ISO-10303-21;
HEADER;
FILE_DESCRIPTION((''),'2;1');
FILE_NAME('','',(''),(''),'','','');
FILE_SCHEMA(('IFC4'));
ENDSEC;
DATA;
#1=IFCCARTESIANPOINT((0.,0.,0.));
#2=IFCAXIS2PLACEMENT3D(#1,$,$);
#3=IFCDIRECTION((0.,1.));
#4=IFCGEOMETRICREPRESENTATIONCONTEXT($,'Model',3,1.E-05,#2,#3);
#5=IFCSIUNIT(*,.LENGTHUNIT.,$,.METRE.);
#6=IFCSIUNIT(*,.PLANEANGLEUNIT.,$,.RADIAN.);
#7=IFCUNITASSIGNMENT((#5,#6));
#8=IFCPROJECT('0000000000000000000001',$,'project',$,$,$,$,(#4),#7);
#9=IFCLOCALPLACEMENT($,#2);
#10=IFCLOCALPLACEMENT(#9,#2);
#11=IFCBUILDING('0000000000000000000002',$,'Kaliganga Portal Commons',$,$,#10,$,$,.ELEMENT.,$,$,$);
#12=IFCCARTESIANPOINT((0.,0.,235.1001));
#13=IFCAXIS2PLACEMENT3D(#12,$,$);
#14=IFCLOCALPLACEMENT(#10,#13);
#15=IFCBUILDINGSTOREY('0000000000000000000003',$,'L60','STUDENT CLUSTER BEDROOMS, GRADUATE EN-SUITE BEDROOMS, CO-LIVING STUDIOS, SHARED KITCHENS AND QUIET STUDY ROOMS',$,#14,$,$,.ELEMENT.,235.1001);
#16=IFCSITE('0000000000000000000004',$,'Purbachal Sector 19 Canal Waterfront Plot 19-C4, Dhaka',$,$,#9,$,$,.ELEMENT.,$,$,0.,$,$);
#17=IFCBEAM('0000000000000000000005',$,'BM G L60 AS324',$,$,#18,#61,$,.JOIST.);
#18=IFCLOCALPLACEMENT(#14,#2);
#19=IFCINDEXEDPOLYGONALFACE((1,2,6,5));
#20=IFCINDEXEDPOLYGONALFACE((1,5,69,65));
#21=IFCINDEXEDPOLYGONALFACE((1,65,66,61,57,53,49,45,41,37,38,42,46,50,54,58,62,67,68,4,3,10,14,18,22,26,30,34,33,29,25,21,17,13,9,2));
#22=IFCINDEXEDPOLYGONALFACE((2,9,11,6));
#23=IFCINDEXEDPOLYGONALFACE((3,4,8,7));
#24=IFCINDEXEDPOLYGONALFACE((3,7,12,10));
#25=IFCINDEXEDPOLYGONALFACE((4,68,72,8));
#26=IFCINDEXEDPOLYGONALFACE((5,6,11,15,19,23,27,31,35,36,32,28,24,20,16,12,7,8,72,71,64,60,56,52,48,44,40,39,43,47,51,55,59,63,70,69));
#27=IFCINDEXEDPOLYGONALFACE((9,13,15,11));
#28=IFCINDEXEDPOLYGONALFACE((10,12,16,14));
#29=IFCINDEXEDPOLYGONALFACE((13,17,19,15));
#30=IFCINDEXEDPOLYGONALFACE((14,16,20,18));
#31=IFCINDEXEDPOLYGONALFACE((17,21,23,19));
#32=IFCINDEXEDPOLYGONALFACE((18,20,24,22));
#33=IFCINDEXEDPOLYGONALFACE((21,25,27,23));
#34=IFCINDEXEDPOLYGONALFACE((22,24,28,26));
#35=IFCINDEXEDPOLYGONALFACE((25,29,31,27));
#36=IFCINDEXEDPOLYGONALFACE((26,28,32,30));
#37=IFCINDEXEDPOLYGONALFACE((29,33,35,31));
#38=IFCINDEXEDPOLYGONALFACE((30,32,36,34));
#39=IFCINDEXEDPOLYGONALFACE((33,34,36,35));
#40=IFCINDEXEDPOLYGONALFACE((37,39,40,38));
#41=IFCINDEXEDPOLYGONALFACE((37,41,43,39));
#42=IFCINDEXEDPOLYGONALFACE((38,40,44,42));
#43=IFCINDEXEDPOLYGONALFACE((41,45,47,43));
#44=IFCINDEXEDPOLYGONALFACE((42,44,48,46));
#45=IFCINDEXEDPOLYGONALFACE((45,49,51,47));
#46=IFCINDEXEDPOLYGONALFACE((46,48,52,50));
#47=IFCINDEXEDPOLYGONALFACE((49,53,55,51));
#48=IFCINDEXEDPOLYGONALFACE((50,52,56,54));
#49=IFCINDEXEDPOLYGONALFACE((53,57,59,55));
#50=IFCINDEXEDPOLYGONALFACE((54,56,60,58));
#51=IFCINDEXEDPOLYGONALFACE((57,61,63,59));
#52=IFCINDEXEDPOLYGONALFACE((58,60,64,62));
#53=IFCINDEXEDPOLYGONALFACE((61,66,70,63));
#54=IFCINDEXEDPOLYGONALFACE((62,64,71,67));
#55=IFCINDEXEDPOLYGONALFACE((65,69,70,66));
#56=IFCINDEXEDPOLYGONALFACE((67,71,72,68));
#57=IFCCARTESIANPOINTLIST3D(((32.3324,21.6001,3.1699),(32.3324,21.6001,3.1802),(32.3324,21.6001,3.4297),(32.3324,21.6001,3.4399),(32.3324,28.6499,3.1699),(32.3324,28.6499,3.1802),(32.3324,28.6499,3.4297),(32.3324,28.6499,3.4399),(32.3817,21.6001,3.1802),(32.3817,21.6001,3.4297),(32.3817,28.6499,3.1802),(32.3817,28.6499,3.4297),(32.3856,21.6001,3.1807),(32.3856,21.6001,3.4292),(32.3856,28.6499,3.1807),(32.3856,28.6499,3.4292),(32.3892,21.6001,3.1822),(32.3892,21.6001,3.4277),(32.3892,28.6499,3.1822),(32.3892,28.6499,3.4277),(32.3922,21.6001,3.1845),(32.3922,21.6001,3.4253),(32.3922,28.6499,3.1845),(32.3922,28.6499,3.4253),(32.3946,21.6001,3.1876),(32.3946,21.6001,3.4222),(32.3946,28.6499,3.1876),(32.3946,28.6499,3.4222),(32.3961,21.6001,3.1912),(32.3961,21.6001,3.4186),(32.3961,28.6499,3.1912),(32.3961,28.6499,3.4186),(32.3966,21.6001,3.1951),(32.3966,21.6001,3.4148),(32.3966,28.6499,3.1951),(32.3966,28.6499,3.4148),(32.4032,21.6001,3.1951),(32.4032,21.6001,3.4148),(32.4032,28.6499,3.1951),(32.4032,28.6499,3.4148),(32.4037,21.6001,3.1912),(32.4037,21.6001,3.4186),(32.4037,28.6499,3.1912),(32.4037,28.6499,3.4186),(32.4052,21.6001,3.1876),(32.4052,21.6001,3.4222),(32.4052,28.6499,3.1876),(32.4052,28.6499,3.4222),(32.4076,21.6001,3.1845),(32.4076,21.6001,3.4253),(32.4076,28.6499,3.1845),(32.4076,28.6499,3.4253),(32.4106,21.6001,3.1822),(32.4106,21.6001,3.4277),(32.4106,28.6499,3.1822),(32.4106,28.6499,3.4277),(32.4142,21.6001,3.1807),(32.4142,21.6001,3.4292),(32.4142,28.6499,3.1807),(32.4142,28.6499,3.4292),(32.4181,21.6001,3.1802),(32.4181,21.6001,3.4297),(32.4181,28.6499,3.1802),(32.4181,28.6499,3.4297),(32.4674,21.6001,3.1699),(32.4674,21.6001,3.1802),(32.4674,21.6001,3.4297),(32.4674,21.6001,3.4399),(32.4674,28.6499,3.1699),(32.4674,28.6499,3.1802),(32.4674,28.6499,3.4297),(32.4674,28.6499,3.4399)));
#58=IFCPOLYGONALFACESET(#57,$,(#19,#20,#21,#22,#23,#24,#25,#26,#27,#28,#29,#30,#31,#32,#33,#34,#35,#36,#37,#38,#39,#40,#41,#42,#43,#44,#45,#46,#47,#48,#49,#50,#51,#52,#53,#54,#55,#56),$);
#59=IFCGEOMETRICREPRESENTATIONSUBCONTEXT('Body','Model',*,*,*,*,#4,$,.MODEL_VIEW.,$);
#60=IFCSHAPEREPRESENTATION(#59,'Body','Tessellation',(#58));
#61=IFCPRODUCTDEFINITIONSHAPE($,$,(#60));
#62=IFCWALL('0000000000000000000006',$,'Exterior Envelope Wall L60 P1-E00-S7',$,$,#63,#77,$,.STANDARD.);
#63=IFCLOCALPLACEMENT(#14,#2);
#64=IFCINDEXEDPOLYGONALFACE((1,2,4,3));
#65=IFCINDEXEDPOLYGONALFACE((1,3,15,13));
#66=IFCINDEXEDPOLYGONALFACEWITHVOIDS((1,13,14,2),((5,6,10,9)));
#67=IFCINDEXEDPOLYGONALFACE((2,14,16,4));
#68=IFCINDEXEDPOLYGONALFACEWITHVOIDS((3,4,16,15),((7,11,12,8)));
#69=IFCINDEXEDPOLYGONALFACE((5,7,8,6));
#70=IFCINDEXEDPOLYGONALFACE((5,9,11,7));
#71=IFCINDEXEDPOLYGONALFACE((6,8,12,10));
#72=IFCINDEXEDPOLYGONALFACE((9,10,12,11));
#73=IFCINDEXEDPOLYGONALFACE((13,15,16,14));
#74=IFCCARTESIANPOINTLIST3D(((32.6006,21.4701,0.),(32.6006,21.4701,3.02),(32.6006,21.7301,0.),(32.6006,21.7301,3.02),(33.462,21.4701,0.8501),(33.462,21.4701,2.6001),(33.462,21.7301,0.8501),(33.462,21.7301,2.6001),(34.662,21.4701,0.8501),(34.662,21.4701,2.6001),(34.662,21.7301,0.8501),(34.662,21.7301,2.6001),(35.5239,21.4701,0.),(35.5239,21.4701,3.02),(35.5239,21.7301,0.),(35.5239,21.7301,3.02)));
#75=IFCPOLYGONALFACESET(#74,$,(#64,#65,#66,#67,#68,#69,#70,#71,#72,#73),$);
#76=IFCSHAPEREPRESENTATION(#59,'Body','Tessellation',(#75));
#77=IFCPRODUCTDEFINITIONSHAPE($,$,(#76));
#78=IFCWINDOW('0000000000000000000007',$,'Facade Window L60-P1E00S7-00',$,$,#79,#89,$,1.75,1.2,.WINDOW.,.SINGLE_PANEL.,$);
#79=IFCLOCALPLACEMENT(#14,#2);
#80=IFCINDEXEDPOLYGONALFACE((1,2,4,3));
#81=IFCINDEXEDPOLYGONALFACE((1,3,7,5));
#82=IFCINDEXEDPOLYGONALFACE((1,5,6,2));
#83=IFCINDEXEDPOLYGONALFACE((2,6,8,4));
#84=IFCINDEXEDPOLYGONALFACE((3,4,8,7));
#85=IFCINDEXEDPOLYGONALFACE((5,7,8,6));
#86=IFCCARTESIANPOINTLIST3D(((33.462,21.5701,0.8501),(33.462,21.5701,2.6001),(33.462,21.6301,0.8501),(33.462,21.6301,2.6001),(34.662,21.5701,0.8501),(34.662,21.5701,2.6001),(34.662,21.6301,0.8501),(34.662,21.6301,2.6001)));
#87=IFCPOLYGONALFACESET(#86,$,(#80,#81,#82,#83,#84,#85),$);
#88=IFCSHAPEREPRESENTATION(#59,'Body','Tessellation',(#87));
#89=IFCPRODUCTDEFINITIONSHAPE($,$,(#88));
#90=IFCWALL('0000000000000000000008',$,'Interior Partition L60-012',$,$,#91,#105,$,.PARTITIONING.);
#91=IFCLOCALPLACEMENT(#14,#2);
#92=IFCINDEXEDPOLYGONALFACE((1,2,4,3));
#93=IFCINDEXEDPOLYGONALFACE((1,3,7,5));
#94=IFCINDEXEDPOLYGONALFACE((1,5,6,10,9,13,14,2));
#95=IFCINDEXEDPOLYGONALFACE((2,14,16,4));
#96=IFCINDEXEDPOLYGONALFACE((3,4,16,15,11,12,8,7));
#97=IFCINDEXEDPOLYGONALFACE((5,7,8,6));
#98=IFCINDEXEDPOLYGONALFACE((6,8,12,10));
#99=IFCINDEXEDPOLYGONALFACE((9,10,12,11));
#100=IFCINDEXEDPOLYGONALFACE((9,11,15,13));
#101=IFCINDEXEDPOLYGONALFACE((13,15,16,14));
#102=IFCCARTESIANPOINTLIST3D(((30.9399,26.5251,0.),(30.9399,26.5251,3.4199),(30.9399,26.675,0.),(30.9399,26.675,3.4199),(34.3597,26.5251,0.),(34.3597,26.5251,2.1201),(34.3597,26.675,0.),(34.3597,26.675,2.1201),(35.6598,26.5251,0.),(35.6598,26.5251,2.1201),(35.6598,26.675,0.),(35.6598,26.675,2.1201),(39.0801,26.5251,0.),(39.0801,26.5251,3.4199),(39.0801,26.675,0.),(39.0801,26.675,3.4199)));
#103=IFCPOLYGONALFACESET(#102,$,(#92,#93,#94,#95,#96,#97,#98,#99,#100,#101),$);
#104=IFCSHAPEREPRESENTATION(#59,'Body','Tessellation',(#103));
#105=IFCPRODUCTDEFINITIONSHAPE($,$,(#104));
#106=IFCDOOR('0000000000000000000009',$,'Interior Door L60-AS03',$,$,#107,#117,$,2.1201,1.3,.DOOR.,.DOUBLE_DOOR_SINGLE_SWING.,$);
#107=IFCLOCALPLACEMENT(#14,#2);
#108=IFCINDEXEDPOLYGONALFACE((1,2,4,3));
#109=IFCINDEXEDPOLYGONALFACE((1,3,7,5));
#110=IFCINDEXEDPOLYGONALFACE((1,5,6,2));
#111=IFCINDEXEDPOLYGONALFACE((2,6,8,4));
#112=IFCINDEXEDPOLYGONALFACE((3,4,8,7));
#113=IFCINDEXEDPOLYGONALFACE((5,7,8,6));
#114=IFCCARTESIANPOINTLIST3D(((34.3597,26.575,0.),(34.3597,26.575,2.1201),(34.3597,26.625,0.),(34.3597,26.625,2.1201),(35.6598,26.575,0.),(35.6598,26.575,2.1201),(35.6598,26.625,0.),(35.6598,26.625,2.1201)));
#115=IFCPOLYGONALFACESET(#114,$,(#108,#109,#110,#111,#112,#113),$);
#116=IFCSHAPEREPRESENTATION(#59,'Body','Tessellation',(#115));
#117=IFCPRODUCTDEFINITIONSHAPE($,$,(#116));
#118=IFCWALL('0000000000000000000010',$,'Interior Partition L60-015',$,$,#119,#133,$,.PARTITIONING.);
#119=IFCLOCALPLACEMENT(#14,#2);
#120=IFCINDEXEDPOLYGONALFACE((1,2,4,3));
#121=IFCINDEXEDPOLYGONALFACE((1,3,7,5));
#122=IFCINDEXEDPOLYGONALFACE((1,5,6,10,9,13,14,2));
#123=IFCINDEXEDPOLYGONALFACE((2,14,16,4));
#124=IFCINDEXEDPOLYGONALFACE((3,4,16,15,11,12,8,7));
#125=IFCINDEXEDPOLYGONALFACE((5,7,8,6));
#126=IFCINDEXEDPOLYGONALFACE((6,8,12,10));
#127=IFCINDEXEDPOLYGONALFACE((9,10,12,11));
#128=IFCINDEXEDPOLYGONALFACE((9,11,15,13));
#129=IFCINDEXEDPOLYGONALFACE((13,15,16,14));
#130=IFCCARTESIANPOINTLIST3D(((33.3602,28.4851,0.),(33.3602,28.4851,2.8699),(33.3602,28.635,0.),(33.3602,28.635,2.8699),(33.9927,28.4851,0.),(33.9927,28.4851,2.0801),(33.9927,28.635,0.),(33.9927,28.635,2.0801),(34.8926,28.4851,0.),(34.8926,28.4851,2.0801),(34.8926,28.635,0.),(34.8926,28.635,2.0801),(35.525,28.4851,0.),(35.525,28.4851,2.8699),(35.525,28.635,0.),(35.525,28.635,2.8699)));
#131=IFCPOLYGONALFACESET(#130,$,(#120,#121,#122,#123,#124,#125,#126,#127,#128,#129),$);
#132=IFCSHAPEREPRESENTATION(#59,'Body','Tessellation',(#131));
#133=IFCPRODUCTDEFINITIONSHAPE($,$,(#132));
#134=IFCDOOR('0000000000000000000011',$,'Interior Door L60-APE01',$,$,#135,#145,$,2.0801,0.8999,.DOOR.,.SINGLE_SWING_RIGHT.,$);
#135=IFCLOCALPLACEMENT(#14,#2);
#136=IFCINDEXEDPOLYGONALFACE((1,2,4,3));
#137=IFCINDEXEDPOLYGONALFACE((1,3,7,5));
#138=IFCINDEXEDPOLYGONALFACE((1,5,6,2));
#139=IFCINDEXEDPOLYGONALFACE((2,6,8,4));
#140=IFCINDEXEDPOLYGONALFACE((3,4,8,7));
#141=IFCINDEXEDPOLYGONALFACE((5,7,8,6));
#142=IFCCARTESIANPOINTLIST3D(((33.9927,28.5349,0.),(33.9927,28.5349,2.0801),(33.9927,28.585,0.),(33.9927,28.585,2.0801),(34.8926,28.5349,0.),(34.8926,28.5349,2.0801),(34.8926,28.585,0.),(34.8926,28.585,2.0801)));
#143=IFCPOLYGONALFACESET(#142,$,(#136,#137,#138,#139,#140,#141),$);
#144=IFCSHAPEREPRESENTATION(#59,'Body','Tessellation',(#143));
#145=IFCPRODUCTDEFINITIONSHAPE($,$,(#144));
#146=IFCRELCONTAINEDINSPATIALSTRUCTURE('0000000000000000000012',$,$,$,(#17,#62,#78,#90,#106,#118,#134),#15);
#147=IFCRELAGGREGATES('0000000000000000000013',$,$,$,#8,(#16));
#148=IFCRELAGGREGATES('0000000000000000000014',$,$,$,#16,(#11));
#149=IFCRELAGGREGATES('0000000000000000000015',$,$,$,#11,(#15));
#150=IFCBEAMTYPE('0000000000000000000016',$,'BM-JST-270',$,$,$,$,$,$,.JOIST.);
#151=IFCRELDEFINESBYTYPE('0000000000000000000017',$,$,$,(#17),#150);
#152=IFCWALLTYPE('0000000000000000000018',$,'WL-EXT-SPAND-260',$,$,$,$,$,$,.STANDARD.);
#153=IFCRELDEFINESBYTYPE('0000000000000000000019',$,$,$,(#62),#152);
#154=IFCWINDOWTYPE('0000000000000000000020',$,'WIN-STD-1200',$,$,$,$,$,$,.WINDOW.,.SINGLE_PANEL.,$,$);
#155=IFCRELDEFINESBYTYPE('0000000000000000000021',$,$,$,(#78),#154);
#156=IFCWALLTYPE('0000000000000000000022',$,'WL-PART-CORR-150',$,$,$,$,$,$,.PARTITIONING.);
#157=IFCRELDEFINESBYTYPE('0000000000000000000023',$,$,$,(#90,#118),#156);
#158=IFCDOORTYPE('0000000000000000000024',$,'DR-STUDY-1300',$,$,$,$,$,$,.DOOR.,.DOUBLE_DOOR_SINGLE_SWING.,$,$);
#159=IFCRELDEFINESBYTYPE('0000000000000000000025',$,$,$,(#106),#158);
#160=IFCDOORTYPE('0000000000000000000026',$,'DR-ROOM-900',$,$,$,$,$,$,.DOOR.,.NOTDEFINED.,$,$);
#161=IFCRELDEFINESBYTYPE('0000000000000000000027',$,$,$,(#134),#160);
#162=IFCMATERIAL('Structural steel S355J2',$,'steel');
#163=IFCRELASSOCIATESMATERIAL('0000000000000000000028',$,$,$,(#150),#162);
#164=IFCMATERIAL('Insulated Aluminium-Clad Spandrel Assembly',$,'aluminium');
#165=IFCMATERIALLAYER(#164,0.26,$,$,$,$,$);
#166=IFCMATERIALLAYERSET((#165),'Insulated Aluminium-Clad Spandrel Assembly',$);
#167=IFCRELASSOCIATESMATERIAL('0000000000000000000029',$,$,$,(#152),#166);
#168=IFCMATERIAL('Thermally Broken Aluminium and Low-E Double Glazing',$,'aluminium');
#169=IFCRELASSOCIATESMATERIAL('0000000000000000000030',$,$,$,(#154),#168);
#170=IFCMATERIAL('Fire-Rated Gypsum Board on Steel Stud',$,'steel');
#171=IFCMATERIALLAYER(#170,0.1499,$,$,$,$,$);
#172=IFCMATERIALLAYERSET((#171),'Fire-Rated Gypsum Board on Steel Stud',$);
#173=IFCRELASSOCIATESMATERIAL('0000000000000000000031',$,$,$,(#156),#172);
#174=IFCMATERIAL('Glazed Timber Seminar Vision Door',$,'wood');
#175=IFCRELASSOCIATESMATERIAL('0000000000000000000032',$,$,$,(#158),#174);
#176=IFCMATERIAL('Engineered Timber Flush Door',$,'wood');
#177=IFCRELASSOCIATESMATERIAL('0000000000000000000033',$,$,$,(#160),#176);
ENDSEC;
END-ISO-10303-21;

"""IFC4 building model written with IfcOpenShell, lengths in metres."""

from ifc_helpers import new_model, si_unit, direction, frame, frame_2d, origin, origin_2d, place, context, subcontext, project, spatial, rectangle, i_section, extrude, source, transform, mapped, material, layer, layer_set, material_profile, profile_set, type_object, element, fill, save


model = new_model("IFC4")

# Units and contexts
model_context = context("Model", 3, precision=1e-05, world=origin(), true_north=direction((0.0, 1.0)))
body_context = subcontext(model_context, "Body", "Model", "MODEL_VIEW")
ifc_project = project(units=[si_unit("LENGTHUNIT", "METRE"), si_unit("PLANEANGLEUNIT", "RADIAN")], contexts=[model_context])

# Site, building, storey
site_placement = place(None, origin())
site = spatial("IfcSite", under=ifc_project, at=site_placement, Name="Purbachal Sector 19 Canal Waterfront Plot 19-C4, Dhaka", CompositionType="ELEMENT", RefElevation=0.0)
building_placement = place(site_placement, origin())
building = spatial("IfcBuilding", under=site, at=building_placement, Name="Kaliganga Portal Commons", CompositionType="ELEMENT")
storey_placement = place(building_placement, frame((0.0, 0.0, 235.1001)))
storey = spatial("IfcBuildingStorey", under=building, at=storey_placement, Name="L60", Description="STUDENT CLUSTER BEDROOMS, GRADUATE EN-SUITE BEDROOMS, CO-LIVING STUDIOS, SHARED KITCHENS AND QUIET STUDY ROOMS", CompositionType="ELEMENT", Elevation=235.1001)

# Shared definitions
ifc_material_1 = material(Name="Structural steel S355J2", Category="steel")

# Beam
ifc_material_profile_1 = material_profile(ifc_material_1, i_section(OverallWidth=0.135, OverallDepth=0.27, WebThickness=0.0066, FlangeThickness=0.0103, FilletRadius=0.0149, at=origin_2d()), Name="IPE 270")
ifc_profile_set_1 = profile_set([ifc_material_profile_1], Name="Structural steel S355J2 wide-flange")
beam_type_1 = type_object("IfcBeamType", Name="BM-JST-270", PredefinedType="JOIST", material=ifc_profile_set_1)
shared_shape_1 = source(origin(), body_context, "Body", "SweptSolid", [
    extrude(i_section(OverallWidth=0.135, OverallDepth=0.27, WebThickness=0.0066, FlangeThickness=0.0103, FilletRadius=0.0149, at=origin_2d()), origin(), (0.0, 0.0, 1.0), 7.0498),
])
beam_1_placement = place(storey_placement, frame((32.3999, 21.6001, 3.3049), z_axis=(0.0, 1.0, 0.0), x_axis=(-1.0, 0.0, 0.0)))
element("IfcBeam", 1, at=beam_1_placement, inside=storey, type_object=beam_type_1, Name="BM G L60 AS324", PredefinedType="JOIST", context=body_context, shape_type="MappedRepresentation", body=[
    mapped(shared_shape_1, transform((0.0, 0.0, 0.0), x_axis=(1.0, 0.0, 0.0), y_axis=(0.0, 1.0, 0.0), z_axis=(0.0, 0.0, 1.0), scale=1.0)),
])

# Wall, opening, window
ifc_material_2 = material(Name="Insulated Aluminium-Clad Spandrel Assembly", Category="aluminium")
ifc_layer_1 = layer(ifc_material_2, 0.26)
ifc_layer_set_1 = layer_set([ifc_layer_1], Name="Insulated Aluminium-Clad Spandrel Assembly")
wall_type_1 = type_object("IfcWallType", Name="WL-EXT-SPAND-260", PredefinedType="STANDARD", material=ifc_layer_set_1)
wall_1_placement = place(storey_placement, frame((35.5239, 21.6001, 0.0), z_axis=(0.0, 0.0, 1.0), x_axis=(-1.0, 0.0, 0.0)))
wall_1 = element("IfcWall", 2, at=wall_1_placement, inside=storey, type_object=wall_type_1, Name="Exterior Envelope Wall L60 P1-E00-S7", PredefinedType="STANDARD", context=body_context, shape_type="SweptSolid", body=[
    extrude(rectangle(XDim=2.9233, YDim=0.26, at=frame_2d((1.4617, 0.0))), origin(), (0.0, 0.0, 1.0), 3.02),
])
opening_1_placement = place(wall_1_placement, frame((0.8618, 0.0, 0.8501)))
opening_1 = element("IfcOpeningElement", 3, at=opening_1_placement, cuts=wall_1, PredefinedType="OPENING", context=body_context, shape_type="SweptSolid", body=[
    extrude(rectangle(XDim=1.2, YDim=1.75, at=frame_2d((0.6001, 0.875))), frame((0.0, 0.1401, 0.0), z_axis=(0.0, -1.0, 0.0), x_axis=(1.0, 0.0, 0.0)), (0.0, 0.0, 1.0), 0.28),
])
ifc_material_3 = material(Name="Thermally Broken Aluminium and Low-E Double Glazing", Category="aluminium")
window_type = type_object("IfcWindowType", Name="WIN-STD-1200", PartitioningType="SINGLE_PANEL", PredefinedType="WINDOW", material=ifc_material_3)
window_placement = place(opening_1_placement, origin())
window = element("IfcWindow", 4, at=window_placement, inside=storey, type_object=window_type, Name="Facade Window L60-P1E00S7-00", OverallHeight=1.75, OverallWidth=1.2, PartitioningType="SINGLE_PANEL", PredefinedType="WINDOW", context=body_context, shape_type="SweptSolid", body=[
    extrude(rectangle(XDim=1.2, YDim=1.75, at=frame_2d((0.6001, 0.875))), frame((0.0, 0.03, 0.0), z_axis=(0.0, -1.0, 0.0), x_axis=(1.0, 0.0, 0.0)), (0.0, 0.0, 1.0), 0.0601),
])
fill(opening_1, window)

# Walls, openings, doors
ifc_material_4 = material(Name="Fire-Rated Gypsum Board on Steel Stud", Category="steel")
ifc_layer_2 = layer(ifc_material_4, 0.1499)
ifc_layer_set_2 = layer_set([ifc_layer_2], Name="Fire-Rated Gypsum Board on Steel Stud")
wall_type_2 = type_object("IfcWallType", Name="WL-PART-CORR-150", PredefinedType="PARTITIONING", material=ifc_layer_set_2)
wall_2_placement = place(storey_placement, frame((30.9399, 26.6001, 0.0), z_axis=(0.0, 0.0, 1.0), x_axis=(1.0, 0.0, 0.0)))
wall_2 = element("IfcWall", 5, at=wall_2_placement, inside=storey, type_object=wall_type_2, Name="Interior Partition L60-012", PredefinedType="PARTITIONING", context=body_context, shape_type="SweptSolid", body=[
    extrude(rectangle(XDim=8.1401, YDim=0.1499, at=frame_2d((4.0701, 0.0))), origin(), (0.0, 0.0, 1.0), 3.4199),
])
opening_2_placement = place(wall_2_placement, frame((3.4199, 0.0, 0.0)))
opening_2 = element("IfcOpeningElement", 6, at=opening_2_placement, cuts=wall_2, PredefinedType="OPENING", context=body_context, shape_type="SweptSolid", body=[
    extrude(rectangle(XDim=1.3, YDim=2.1201, at=frame_2d((0.6499, 1.0601))), frame((0.0, 0.085, 0.0), z_axis=(0.0, -1.0, 0.0), x_axis=(1.0, 0.0, 0.0)), (0.0, 0.0, 1.0), 0.1699),
])
ifc_material_5 = material(Name="Glazed Timber Seminar Vision Door", Category="wood")
door_type_1 = type_object("IfcDoorType", Name="DR-STUDY-1300", OperationType="DOUBLE_DOOR_SINGLE_SWING", PredefinedType="DOOR", material=ifc_material_5)
door_1_placement = place(opening_2_placement, origin())
door_1 = element("IfcDoor", 7, at=door_1_placement, inside=storey, type_object=door_type_1, Name="Interior Door L60-AS03", OperationType="DOUBLE_DOOR_SINGLE_SWING", OverallHeight=2.1201, OverallWidth=1.3, PredefinedType="DOOR", context=body_context, shape_type="SweptSolid", body=[
    extrude(rectangle(XDim=1.3, YDim=2.1201, at=frame_2d((0.6499, 1.0601))), frame((0.0, 0.0249, 0.0), z_axis=(0.0, -1.0, 0.0), x_axis=(1.0, 0.0, 0.0)), (0.0, 0.0, 1.0), 0.05),
])
fill(opening_2, door_1)
wall_3_placement = place(storey_placement, frame((33.3601, 28.5601, 0.0), z_axis=(0.0, 0.0, 1.0), x_axis=(1.0, 0.0, 0.0)))
wall_3 = element("IfcWall", 8, at=wall_3_placement, inside=storey, type_object=wall_type_2, Name="Interior Partition L60-015", PredefinedType="PARTITIONING", context=body_context, shape_type="SweptSolid", body=[
    extrude(rectangle(XDim=2.1648, YDim=0.1499, at=frame_2d((1.0825, 0.0))), origin(), (0.0, 0.0, 1.0), 2.8699),
])
opening_3_placement = place(wall_3_placement, frame((0.6326, 0.0, 0.0)))
opening_3 = element("IfcOpeningElement", 9, at=opening_3_placement, cuts=wall_3, PredefinedType="OPENING", context=body_context, shape_type="SweptSolid", body=[
    extrude(rectangle(XDim=0.8999, YDim=2.0801, at=frame_2d((0.45, 1.04))), frame((0.0, 0.085, 0.0), z_axis=(0.0, -1.0, 0.0), x_axis=(1.0, 0.0, 0.0)), (0.0, 0.0, 1.0), 0.1699),
])
ifc_material_6 = material(Name="Engineered Timber Flush Door", Category="wood")
door_type_2 = type_object("IfcDoorType", Name="DR-ROOM-900", OperationType="NOTDEFINED", PredefinedType="DOOR", material=ifc_material_6)
door_2_placement = place(opening_3_placement, origin())
door_2 = element("IfcDoor", 10, at=door_2_placement, inside=storey, type_object=door_type_2, Name="Interior Door L60-APE01", OperationType="SINGLE_SWING_RIGHT", OverallHeight=2.0801, OverallWidth=0.8999, PredefinedType="DOOR", context=body_context, shape_type="SweptSolid", body=[
    extrude(rectangle(XDim=0.8999, YDim=2.0801, at=frame_2d((0.45, 1.04))), frame((0.0, 0.0249, 0.0), z_axis=(0.0, -1.0, 0.0), x_axis=(1.0, 0.0, 0.0)), (0.0, 0.0, 1.0), 0.05),
])
fill(opening_3, door_2)

save(model, "model.ifc")
